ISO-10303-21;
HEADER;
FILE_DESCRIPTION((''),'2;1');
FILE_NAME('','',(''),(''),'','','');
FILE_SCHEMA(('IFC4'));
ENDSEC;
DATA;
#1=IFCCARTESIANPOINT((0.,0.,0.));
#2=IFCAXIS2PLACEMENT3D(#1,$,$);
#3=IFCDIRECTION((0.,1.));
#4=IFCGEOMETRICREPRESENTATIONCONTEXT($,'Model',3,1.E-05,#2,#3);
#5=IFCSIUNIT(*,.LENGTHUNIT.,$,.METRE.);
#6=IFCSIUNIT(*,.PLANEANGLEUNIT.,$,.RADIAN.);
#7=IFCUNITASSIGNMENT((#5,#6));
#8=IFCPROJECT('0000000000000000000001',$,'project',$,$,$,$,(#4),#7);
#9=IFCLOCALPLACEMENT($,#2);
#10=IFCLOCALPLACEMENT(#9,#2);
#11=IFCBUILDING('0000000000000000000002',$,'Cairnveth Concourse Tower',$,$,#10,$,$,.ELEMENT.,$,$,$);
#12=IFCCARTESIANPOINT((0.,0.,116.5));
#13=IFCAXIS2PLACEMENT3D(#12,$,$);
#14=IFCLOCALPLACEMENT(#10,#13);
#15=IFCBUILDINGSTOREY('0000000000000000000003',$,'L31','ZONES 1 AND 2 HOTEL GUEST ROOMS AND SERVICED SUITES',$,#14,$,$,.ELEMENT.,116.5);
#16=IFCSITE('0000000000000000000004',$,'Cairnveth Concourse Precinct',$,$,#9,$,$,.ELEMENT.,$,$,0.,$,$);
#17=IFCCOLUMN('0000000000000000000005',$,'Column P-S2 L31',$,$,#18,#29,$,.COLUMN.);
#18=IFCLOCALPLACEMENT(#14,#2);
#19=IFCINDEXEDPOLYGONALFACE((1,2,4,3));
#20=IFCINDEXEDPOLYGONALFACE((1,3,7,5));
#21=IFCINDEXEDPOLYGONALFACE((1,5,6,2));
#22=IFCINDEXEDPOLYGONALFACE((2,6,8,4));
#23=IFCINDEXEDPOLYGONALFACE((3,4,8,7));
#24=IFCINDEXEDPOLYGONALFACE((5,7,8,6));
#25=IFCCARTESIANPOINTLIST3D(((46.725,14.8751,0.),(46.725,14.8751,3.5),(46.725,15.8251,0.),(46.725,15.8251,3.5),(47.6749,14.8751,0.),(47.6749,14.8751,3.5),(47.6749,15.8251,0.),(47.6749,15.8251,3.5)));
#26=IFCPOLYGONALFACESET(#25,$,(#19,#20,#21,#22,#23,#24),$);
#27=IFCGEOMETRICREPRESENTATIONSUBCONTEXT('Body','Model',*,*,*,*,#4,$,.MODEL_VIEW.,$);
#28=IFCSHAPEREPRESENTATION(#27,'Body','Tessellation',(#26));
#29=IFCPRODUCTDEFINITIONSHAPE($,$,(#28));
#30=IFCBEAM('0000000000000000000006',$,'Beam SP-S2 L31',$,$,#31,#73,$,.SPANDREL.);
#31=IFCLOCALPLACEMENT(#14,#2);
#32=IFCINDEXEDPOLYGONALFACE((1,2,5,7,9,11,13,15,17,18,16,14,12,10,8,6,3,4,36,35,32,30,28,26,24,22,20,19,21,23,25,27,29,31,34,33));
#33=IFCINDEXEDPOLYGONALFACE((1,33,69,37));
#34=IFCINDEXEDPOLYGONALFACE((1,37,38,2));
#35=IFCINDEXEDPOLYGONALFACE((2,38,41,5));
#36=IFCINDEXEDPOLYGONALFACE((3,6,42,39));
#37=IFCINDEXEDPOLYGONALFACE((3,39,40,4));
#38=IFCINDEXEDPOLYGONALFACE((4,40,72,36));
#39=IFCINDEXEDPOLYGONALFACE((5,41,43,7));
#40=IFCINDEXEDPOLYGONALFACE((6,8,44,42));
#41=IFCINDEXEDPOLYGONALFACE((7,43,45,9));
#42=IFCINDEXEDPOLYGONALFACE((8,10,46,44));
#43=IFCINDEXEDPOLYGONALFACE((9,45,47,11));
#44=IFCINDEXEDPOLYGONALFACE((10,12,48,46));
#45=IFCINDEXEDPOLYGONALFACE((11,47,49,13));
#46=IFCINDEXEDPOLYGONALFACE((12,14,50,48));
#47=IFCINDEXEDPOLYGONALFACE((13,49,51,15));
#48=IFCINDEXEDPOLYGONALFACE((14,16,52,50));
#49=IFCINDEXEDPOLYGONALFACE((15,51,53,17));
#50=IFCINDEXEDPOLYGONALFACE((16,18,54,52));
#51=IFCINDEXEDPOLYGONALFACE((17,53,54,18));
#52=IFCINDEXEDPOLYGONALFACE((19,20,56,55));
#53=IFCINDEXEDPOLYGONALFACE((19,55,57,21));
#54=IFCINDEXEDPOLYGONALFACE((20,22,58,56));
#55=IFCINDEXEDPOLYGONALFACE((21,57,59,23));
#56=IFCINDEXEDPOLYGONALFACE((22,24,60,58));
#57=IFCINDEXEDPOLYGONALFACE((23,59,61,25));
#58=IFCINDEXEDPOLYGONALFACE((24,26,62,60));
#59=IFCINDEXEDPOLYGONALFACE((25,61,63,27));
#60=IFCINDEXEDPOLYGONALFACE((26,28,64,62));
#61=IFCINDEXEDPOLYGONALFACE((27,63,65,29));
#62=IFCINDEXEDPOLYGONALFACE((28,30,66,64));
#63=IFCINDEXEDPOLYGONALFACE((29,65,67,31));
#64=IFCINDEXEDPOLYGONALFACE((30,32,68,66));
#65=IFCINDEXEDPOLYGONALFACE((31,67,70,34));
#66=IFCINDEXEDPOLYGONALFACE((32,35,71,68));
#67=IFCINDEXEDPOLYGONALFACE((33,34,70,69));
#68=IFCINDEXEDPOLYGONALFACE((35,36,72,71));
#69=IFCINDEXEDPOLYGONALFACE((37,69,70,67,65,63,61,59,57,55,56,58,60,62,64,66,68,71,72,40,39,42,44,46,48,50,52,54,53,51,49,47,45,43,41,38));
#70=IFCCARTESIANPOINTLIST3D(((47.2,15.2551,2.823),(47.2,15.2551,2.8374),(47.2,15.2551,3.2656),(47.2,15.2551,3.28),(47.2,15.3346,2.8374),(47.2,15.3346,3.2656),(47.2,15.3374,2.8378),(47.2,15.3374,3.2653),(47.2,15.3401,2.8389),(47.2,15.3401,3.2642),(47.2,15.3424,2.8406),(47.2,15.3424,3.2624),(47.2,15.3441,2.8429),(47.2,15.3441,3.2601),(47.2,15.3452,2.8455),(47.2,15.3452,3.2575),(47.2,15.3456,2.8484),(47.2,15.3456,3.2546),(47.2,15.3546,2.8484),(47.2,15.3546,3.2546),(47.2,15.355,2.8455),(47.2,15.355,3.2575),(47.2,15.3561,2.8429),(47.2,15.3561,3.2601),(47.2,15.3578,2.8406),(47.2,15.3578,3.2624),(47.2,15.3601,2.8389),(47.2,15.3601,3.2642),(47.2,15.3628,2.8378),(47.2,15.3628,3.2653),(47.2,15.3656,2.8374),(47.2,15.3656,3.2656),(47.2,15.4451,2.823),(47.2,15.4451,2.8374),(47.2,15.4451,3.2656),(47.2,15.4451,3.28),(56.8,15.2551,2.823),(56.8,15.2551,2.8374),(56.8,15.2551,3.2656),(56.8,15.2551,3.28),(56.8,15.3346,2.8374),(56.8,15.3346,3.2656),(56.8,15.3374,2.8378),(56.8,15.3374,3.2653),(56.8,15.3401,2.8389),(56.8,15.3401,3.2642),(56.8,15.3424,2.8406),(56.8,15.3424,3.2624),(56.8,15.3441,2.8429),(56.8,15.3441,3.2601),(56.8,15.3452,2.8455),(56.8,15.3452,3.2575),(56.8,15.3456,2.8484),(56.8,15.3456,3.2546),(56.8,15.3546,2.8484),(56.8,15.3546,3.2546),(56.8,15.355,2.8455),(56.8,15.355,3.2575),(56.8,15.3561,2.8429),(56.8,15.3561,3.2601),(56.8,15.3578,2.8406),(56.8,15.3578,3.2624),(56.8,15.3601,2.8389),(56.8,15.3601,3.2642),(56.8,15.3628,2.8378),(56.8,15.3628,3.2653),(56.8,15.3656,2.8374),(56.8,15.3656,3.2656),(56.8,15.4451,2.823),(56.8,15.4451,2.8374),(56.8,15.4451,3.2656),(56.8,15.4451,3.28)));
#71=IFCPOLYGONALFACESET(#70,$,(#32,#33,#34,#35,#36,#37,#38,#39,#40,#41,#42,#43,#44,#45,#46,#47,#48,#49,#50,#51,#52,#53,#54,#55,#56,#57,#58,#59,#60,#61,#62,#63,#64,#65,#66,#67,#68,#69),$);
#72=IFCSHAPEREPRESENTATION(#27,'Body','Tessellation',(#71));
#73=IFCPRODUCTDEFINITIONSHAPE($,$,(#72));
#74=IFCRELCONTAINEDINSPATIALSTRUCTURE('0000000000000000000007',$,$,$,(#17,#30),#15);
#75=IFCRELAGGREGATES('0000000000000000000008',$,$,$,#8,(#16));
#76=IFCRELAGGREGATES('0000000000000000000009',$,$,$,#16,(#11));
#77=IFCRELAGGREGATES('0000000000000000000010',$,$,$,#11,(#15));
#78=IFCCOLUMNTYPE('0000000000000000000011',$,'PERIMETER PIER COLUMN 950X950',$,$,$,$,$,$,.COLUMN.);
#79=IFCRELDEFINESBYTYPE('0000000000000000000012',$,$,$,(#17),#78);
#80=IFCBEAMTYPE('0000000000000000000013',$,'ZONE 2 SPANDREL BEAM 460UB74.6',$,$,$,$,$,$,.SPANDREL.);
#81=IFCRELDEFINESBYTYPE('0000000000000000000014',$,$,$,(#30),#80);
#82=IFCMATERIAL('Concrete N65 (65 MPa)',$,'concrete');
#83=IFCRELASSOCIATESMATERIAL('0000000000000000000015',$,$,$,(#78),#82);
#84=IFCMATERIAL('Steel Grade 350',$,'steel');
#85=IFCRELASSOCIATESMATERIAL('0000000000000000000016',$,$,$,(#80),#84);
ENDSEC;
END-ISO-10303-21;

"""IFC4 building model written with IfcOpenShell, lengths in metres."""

from ifc_helpers import new_model, si_unit, direction, frame, origin, origin_2d, place, context, subcontext, project, spatial, rectangle, i_section, extrude, material, material_profile, profile_set, type_object, element, save


model = new_model("IFC4")

# Units and contexts
model_context = context("Model", 3, precision=1e-05, world=origin(), true_north=direction((0.0, 1.0)))
body_context = subcontext(model_context, "Body", "Model", "MODEL_VIEW")
ifc_project = project(units=[si_unit("LENGTHUNIT", "METRE"), si_unit("PLANEANGLEUNIT", "RADIAN")], contexts=[model_context])

# Site, building, storey
site_placement = place(None, origin())
site = spatial("IfcSite", under=ifc_project, at=site_placement, Name="Cairnveth Concourse Precinct", CompositionType="ELEMENT", RefElevation=0.0)
building_placement = place(site_placement, origin())
building = spatial("IfcBuilding", under=site, at=building_placement, Name="Cairnveth Concourse Tower", CompositionType="ELEMENT")
storey_placement = place(building_placement, frame((0.0, 0.0, 116.5)))
storey = spatial("IfcBuildingStorey", under=building, at=storey_placement, Name="L31", Description="ZONES 1 AND 2 HOTEL GUEST ROOMS AND SERVICED SUITES", CompositionType="ELEMENT", Elevation=116.5)

# Column
ifc_material_1 = material(Name="Concrete N65 (65 MPa)", Category="concrete")
ifc_material_profile_1 = material_profile(ifc_material_1, rectangle(XDim=0.95, YDim=0.95, at=origin_2d()), Name="RC-COL-950x950")
ifc_profile_set_1 = profile_set([ifc_material_profile_1], Name="Concrete N65 (65 MPa)")
column_type = type_object("IfcColumnType", Name="PERIMETER PIER COLUMN 950X950", PredefinedType="COLUMN", material=ifc_profile_set_1)
column_placement = place(storey_placement, frame((47.2, 15.3501, 0.0), z_axis=(0.0, 0.0, 1.0), x_axis=(1.0, 0.0, 0.0)))
element("IfcColumn", 1, at=column_placement, inside=storey, type_object=column_type, Name="Column P-S2 L31", PredefinedType="COLUMN", context=body_context, shape_type="SweptSolid", body=[
    extrude(rectangle(XDim=0.95, YDim=0.95, at=origin_2d()), origin(), (0.0, 0.0, 1.0), 3.5),
])

# Beam
ifc_material_2 = material(Name="Steel Grade 350", Category="steel")
ifc_material_profile_2 = material_profile(ifc_material_2, i_section(OverallWidth=0.1899, OverallDepth=0.457, WebThickness=0.009, FlangeThickness=0.0144, FilletRadius=0.011, at=origin_2d()), Name="460UB74.6")
ifc_profile_set_2 = profile_set([ifc_material_profile_2], Name="Steel Grade 350")
beam_type = type_object("IfcBeamType", Name="ZONE 2 SPANDREL BEAM 460UB74.6", PredefinedType="SPANDREL", material=ifc_profile_set_2)
beam_placement = place(storey_placement, frame((47.2, 15.3501, 3.0515), z_axis=(1.0, 0.0, 0.0), x_axis=(0.0, 1.0, 0.0)))
element("IfcBeam", 2, at=beam_placement, inside=storey, type_object=beam_type, Name="Beam SP-S2 L31", PredefinedType="SPANDREL", context=body_context, shape_type="SweptSolid", body=[
    extrude(i_section(OverallWidth=0.1899, OverallDepth=0.457, WebThickness=0.009, FlangeThickness=0.0144, FilletRadius=0.011, at=origin_2d()), origin(), (0.0, 0.0, 1.0), 9.6001),
])

save(model, "model.ifc")
